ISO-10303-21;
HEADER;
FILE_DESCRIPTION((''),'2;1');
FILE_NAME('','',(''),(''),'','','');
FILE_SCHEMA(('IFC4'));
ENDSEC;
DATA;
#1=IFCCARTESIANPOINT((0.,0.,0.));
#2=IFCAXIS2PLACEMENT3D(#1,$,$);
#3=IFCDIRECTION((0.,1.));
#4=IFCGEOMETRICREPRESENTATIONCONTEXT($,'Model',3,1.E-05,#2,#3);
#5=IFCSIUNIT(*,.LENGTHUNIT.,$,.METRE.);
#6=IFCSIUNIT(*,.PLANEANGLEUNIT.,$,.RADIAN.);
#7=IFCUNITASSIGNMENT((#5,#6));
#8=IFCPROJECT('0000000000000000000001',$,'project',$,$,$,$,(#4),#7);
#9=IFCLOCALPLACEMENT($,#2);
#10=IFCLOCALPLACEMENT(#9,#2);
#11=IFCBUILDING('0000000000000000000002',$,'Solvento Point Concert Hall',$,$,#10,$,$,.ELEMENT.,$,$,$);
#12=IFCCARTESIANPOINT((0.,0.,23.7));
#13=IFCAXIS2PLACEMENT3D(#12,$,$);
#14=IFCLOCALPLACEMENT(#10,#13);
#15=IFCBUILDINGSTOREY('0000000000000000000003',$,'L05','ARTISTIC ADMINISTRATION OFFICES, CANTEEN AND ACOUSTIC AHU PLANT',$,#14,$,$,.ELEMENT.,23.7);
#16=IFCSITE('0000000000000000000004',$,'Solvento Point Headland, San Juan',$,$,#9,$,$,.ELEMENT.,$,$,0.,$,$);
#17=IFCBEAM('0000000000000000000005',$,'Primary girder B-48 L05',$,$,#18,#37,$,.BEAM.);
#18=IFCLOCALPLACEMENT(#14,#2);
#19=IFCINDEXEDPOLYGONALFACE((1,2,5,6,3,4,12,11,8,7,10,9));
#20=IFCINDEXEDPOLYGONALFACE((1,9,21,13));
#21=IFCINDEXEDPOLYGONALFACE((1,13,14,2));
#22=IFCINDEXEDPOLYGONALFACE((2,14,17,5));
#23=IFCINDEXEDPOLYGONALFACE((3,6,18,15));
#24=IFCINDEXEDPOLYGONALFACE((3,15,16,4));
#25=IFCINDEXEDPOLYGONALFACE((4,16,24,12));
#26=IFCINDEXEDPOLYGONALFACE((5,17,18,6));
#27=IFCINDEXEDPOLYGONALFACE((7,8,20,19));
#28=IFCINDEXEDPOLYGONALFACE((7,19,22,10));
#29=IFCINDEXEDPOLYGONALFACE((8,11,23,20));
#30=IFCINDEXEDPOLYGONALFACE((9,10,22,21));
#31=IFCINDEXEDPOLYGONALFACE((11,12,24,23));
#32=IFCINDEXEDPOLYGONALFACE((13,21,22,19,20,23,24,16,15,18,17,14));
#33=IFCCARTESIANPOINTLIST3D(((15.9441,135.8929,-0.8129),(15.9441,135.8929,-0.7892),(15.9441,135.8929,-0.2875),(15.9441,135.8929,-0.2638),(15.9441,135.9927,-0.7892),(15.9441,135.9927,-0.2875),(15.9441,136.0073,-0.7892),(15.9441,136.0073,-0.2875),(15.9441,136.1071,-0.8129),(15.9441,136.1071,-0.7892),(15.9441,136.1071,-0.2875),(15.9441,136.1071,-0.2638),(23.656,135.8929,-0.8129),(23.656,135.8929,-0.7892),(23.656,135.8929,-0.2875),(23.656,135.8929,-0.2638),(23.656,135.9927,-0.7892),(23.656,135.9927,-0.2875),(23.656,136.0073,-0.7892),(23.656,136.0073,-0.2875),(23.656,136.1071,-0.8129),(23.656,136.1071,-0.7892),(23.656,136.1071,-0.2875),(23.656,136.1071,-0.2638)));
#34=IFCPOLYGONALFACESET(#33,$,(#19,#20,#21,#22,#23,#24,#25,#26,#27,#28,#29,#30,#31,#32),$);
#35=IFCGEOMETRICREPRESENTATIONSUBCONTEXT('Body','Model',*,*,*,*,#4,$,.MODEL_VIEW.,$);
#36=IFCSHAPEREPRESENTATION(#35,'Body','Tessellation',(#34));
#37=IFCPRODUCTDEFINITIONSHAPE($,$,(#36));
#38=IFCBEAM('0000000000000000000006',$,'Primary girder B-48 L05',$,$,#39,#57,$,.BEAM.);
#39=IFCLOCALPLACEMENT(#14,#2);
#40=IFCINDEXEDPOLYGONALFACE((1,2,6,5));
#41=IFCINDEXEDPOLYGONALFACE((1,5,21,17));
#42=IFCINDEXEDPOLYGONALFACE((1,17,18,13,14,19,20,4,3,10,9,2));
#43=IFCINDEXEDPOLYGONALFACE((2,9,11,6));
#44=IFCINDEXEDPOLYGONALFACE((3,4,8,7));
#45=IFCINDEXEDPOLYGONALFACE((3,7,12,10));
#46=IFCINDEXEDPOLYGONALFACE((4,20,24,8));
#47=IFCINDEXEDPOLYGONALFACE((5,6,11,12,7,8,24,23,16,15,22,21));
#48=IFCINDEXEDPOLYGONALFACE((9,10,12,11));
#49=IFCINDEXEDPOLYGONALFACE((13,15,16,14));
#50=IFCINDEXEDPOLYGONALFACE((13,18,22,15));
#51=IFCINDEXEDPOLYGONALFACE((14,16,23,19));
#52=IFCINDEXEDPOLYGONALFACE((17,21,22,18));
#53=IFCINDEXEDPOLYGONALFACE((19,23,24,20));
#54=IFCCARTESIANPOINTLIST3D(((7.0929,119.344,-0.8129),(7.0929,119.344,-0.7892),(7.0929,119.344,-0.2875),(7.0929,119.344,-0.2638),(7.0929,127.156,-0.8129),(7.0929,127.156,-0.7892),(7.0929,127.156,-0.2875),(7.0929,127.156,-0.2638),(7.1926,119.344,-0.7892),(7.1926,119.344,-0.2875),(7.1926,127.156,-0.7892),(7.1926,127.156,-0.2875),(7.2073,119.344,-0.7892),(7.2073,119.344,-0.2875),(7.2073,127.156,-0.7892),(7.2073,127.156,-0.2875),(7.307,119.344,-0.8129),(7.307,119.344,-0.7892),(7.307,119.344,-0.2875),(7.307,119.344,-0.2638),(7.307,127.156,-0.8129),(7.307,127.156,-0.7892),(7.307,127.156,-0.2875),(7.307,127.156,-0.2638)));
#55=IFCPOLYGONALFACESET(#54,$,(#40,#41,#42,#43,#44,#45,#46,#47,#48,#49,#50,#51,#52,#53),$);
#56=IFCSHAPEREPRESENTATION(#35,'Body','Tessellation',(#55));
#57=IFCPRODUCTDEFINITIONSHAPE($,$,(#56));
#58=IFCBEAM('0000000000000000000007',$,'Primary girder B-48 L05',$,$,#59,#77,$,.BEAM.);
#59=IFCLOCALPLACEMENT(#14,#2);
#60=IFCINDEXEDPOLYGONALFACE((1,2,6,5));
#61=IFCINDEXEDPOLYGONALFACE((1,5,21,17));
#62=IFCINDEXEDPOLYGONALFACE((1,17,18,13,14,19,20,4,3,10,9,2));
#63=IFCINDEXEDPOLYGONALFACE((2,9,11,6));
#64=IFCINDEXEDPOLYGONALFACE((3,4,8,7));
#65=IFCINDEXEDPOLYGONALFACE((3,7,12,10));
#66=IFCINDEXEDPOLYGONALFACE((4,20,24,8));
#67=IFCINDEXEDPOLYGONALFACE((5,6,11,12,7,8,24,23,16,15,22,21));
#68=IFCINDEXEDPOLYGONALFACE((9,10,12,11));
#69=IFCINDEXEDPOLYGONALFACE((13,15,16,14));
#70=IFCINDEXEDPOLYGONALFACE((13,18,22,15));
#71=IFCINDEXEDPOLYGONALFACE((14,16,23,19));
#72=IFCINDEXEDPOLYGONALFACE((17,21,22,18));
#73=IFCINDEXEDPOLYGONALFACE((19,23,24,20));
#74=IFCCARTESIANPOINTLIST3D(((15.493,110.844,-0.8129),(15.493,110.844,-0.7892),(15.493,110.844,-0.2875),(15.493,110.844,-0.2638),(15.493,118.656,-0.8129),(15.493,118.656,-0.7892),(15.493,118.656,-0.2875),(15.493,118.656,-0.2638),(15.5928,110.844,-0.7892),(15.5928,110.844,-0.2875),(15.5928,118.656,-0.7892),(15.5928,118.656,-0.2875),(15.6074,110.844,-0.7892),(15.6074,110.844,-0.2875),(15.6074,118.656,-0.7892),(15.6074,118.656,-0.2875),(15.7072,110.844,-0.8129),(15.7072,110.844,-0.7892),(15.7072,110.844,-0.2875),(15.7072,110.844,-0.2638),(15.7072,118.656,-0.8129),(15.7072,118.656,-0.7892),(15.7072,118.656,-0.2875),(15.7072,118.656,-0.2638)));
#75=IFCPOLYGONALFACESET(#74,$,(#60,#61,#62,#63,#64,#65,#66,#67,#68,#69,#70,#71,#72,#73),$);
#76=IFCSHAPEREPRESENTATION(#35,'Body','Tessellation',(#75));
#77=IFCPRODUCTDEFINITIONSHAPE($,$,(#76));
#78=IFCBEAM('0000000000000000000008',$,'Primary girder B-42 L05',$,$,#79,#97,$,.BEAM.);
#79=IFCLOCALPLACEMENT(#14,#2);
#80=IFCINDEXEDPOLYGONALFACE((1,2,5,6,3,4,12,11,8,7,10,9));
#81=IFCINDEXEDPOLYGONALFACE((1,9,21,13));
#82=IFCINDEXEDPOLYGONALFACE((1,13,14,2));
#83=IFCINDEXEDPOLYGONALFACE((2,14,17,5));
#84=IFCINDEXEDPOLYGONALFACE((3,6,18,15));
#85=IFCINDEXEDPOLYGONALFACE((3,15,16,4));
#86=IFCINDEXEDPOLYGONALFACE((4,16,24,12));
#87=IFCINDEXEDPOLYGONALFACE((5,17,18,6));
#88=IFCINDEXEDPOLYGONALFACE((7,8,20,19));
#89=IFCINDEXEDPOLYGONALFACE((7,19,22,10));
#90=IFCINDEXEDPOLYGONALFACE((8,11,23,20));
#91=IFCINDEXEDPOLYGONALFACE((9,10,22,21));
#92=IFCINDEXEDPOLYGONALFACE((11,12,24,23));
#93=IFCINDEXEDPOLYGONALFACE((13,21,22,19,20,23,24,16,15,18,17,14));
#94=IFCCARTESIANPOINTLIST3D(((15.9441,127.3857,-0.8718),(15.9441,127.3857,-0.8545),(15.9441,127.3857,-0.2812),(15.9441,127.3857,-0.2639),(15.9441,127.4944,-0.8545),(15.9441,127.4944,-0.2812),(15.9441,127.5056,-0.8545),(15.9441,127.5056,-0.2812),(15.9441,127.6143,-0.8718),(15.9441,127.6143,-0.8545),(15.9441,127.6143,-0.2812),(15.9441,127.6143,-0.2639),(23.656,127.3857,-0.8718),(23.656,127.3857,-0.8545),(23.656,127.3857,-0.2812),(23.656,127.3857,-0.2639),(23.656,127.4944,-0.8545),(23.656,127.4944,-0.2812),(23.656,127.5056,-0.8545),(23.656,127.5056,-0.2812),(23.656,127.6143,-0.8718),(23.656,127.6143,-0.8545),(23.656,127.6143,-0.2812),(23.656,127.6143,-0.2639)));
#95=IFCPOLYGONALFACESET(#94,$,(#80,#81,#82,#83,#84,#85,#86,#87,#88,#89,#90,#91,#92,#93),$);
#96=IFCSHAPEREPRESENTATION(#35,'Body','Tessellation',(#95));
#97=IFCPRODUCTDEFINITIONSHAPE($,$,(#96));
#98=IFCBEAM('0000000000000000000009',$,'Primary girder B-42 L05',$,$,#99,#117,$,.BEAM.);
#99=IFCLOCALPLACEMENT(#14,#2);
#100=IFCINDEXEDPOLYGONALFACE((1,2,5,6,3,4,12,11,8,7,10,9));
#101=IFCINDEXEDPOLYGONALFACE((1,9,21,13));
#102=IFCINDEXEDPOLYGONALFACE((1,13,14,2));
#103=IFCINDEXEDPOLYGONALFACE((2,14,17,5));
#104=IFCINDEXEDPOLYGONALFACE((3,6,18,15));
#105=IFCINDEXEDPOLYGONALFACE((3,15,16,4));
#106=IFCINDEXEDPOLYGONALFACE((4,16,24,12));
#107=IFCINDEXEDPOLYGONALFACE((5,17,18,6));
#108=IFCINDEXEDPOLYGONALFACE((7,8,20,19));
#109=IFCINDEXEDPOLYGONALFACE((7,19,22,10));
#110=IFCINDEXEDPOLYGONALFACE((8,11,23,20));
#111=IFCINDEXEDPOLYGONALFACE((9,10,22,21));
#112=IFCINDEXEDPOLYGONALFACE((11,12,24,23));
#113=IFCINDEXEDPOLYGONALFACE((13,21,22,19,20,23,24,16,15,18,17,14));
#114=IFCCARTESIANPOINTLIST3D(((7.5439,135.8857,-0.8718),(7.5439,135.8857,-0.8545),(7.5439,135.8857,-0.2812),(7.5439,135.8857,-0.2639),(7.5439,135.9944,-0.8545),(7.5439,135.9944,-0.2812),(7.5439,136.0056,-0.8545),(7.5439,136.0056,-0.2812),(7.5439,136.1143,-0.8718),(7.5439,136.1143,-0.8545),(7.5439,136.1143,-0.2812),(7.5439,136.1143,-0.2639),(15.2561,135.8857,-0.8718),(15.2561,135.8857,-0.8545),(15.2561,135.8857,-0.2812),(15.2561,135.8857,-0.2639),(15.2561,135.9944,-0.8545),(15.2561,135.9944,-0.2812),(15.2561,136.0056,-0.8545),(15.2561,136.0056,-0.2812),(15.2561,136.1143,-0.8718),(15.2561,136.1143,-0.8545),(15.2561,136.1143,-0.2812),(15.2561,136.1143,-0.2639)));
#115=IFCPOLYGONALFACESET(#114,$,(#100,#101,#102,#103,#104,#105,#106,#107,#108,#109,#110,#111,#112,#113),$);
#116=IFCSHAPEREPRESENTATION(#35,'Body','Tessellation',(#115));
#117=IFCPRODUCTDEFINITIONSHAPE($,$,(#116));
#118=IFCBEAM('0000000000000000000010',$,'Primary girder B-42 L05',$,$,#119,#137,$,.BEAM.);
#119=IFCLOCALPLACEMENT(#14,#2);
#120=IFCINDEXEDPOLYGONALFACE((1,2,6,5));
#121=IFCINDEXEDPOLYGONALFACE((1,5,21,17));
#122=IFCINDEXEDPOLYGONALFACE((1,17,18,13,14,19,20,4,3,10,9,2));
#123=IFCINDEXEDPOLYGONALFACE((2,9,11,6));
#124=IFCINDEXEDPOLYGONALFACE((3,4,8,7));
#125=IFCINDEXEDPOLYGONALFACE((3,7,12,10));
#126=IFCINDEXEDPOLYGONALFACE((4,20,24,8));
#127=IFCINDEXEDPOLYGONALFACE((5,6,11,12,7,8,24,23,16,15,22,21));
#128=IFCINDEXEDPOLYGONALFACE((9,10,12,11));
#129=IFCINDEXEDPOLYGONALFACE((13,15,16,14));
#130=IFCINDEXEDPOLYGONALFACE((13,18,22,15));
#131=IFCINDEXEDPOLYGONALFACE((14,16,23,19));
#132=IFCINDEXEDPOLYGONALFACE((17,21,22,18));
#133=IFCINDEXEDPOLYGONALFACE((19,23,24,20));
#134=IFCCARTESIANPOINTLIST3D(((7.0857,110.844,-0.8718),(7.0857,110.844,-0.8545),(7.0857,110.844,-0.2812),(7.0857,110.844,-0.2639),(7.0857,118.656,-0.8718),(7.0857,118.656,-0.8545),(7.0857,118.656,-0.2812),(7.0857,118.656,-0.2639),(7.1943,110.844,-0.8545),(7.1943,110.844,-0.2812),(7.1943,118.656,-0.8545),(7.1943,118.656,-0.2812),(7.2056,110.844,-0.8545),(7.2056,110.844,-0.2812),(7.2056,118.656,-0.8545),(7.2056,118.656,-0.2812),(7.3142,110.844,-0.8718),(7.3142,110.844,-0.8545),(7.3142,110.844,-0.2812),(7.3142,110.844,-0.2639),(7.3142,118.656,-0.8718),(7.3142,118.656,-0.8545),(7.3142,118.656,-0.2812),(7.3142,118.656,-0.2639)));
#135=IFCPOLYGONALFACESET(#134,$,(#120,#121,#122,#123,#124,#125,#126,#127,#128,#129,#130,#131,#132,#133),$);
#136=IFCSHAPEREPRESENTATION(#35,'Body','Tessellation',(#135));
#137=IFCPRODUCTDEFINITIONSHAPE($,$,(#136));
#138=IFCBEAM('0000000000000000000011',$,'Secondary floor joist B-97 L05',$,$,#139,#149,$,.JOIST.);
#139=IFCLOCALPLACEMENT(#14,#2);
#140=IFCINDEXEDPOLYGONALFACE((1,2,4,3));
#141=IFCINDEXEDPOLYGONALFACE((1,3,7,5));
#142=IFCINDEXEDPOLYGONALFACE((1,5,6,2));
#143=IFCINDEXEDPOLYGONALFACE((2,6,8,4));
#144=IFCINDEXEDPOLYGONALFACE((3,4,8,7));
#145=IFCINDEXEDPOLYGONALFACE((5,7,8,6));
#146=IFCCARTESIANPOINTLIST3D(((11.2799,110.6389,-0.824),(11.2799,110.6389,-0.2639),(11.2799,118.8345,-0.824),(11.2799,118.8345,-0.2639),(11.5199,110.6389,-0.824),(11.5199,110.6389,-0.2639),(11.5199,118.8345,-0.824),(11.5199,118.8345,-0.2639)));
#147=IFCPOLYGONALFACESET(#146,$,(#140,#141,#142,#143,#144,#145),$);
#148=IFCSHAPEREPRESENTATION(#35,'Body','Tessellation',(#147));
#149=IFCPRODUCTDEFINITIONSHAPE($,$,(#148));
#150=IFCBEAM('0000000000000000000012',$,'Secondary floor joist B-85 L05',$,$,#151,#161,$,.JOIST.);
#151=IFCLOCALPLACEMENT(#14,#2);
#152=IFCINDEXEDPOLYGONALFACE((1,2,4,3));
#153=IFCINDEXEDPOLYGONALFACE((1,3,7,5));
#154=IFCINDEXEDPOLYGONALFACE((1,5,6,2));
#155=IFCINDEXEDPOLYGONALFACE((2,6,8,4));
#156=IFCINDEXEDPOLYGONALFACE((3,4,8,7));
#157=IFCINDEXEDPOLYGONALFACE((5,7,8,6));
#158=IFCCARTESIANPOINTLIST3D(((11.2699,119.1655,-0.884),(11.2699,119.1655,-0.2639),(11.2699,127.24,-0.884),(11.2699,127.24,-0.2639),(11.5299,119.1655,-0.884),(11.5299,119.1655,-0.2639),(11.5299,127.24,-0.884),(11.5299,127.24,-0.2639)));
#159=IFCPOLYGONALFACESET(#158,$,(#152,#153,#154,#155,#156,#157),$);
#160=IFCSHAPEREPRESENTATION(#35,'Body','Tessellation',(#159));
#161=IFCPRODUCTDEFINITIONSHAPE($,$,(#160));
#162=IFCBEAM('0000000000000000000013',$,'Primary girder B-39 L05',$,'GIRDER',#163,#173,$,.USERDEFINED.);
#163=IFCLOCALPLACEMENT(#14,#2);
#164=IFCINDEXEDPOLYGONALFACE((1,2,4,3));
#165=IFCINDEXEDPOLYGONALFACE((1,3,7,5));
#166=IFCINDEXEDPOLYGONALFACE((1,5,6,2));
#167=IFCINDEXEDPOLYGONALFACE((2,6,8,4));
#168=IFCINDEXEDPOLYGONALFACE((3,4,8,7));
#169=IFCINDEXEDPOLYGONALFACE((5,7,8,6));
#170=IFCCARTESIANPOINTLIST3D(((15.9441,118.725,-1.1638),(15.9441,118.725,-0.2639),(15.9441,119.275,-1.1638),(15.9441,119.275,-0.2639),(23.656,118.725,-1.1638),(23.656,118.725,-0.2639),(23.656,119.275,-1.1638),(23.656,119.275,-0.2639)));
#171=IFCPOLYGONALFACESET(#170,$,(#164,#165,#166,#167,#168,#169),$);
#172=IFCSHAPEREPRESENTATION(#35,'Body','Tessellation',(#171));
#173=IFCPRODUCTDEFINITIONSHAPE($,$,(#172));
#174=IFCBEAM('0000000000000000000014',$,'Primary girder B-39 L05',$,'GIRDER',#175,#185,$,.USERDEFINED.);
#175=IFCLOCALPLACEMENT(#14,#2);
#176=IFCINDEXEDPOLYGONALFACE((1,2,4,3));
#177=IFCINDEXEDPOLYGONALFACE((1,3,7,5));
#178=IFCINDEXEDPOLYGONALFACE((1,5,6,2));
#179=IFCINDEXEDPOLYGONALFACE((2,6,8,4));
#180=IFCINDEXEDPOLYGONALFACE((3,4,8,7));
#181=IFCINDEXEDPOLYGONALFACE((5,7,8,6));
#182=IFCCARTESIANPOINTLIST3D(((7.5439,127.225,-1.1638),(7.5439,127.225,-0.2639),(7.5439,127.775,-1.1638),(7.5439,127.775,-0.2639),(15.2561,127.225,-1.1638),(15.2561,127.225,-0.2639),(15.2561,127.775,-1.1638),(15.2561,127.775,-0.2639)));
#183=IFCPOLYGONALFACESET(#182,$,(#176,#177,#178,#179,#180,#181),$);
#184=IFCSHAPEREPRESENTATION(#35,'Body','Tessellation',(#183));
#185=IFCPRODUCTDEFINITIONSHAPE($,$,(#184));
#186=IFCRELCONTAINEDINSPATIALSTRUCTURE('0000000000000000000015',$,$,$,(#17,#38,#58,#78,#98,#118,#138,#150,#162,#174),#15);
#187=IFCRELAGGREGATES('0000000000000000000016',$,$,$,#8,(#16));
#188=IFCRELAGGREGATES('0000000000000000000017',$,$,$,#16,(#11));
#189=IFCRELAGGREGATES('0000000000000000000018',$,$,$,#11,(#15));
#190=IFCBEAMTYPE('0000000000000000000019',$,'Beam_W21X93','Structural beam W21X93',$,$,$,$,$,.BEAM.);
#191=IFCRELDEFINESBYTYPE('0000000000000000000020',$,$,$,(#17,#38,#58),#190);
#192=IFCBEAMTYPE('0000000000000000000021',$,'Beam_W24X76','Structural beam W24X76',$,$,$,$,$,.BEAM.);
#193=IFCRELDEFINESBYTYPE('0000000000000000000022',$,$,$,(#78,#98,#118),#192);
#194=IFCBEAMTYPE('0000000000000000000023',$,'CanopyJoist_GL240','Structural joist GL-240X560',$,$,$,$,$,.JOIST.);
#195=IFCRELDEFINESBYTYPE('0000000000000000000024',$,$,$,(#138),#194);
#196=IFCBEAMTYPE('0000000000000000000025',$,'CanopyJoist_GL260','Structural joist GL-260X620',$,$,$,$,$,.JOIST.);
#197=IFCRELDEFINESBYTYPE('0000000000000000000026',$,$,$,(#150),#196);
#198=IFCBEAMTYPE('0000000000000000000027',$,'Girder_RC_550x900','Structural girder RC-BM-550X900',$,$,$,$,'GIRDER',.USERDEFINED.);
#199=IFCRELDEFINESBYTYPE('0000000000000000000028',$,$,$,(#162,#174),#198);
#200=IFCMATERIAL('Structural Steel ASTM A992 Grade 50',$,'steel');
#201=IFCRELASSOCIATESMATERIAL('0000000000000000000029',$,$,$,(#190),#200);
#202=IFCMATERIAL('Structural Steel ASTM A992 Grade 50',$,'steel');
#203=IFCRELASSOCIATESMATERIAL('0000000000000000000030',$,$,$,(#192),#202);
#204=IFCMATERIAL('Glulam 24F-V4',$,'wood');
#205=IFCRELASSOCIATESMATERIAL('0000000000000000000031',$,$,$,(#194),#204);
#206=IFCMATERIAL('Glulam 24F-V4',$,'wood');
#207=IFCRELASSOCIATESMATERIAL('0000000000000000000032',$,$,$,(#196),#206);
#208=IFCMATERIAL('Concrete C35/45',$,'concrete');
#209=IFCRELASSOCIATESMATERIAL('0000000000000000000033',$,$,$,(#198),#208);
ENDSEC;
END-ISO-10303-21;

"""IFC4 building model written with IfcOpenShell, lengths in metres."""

from ifc_helpers import new_model, si_unit, direction, frame, origin, origin_2d, place, context, subcontext, project, spatial, rectangle, i_section, extrude, material, material_profile, profile_set, type_object, element, save


model = new_model("IFC4")

# Units and contexts
model_context = context("Model", 3, precision=1e-05, world=origin(), true_north=direction((0.0, 1.0)))
body_context = subcontext(model_context, "Body", "Model", "MODEL_VIEW")
ifc_project = project(units=[si_unit("LENGTHUNIT", "METRE"), si_unit("PLANEANGLEUNIT", "RADIAN")], contexts=[model_context])

# Site, building, storey
site_placement = place(None, origin())
site = spatial("IfcSite", under=ifc_project, at=site_placement, Name="Solvento Point Headland, San Juan", CompositionType="ELEMENT", RefElevation=0.0)
building_placement = place(site_placement, origin())
building = spatial("IfcBuilding", under=site, at=building_placement, Name="Solvento Point Concert Hall", CompositionType="ELEMENT")
storey_placement = place(building_placement, frame((0.0, 0.0, 23.7)))
storey = spatial("IfcBuildingStorey", under=building, at=storey_placement, Name="L05", Description="ARTISTIC ADMINISTRATION OFFICES, CANTEEN AND ACOUSTIC AHU PLANT", CompositionType="ELEMENT", Elevation=23.7)

# Beams
ifc_material_1 = material(Name="Structural Steel ASTM A992 Grade 50", Category="steel")
ifc_material_profile_1 = material_profile(ifc_material_1, i_section(OverallWidth=0.2141, OverallDepth=0.5491, WebThickness=0.0146, FlangeThickness=0.0237, at=origin_2d()), Name="W21X93")
ifc_profile_set_1 = profile_set([ifc_material_profile_1], Name="Structural Steel ASTM A992 Grade 50")
beam_type_1 = type_object("IfcBeamType", Name="Beam_W21X93", Description="Structural beam W21X93", PredefinedType="BEAM", material=ifc_profile_set_1)
beam_1_placement = place(storey_placement, frame((15.9441, 136.0, -0.5383), z_axis=(1.0, 0.0, 0.0), x_axis=(0.0, 1.0, 0.0)))
element("IfcBeam", 1, at=beam_1_placement, inside=storey, type_object=beam_type_1, Name="Primary girder B-48 L05", PredefinedType="BEAM", context=body_context, shape_type="SweptSolid", body=[
    extrude(i_section(OverallWidth=0.2141, OverallDepth=0.5491, WebThickness=0.0146, FlangeThickness=0.0237, at=origin_2d()), origin(), (0.0, 0.0, 1.0), 7.7119),
])
for number, where, z_axis, x_axis, name in (
    (2, (7.2, 119.344, -0.5383), (0.0, 1.0, 0.0), (-1.0, 0.0, 0.0), "Primary girder B-48 L05"),
    (3, (15.6001, 110.844, -0.5383), (0.0, 1.0, 0.0), (-1.0, 0.0, 0.0), "Primary girder B-48 L05"),
):
    element("IfcBeam", number, at=place(storey_placement, frame(where, z_axis=z_axis, x_axis=x_axis)), inside=storey, type_object=beam_type_1, Name=name, PredefinedType="BEAM", context=body_context, shape_type="SweptSolid", body=[
        extrude(i_section(OverallWidth=0.2141, OverallDepth=0.5491, WebThickness=0.0146, FlangeThickness=0.0237, at=origin_2d()), origin(), (0.0, 0.0, 1.0), 7.812),
    ])
ifc_material_2 = material(Name="Structural Steel ASTM A992 Grade 50", Category="steel")
ifc_material_profile_2 = material_profile(ifc_material_2, i_section(OverallWidth=0.2285, OverallDepth=0.6079, WebThickness=0.0112, FlangeThickness=0.0173, at=origin_2d()), Name="W24X76")
ifc_profile_set_2 = profile_set([ifc_material_profile_2], Name="Structural Steel ASTM A992 Grade 50")
beam_type_2 = type_object("IfcBeamType", Name="Beam_W24X76", Description="Structural beam W24X76", PredefinedType="BEAM", material=ifc_profile_set_2)
beam_2_placement = place(storey_placement, frame((15.9441, 127.5, -0.5679), z_axis=(1.0, 0.0, 0.0), x_axis=(0.0, 1.0, 0.0)))
element("IfcBeam", 4, at=beam_2_placement, inside=storey, type_object=beam_type_2, Name="Primary girder B-42 L05", PredefinedType="BEAM", context=body_context, shape_type="SweptSolid", body=[
    extrude(i_section(OverallWidth=0.2285, OverallDepth=0.6079, WebThickness=0.0112, FlangeThickness=0.0173, at=origin_2d()), origin(), (0.0, 0.0, 1.0), 7.7119),
])
beam_3_placement = place(storey_placement, frame((7.5439, 136.0, -0.5679), z_axis=(1.0, 0.0, 0.0), x_axis=(0.0, 1.0, 0.0)))
element("IfcBeam", 5, at=beam_3_placement, inside=storey, type_object=beam_type_2, Name="Primary girder B-42 L05", PredefinedType="BEAM", context=body_context, shape_type="SweptSolid", body=[
    extrude(i_section(OverallWidth=0.2285, OverallDepth=0.6079, WebThickness=0.0112, FlangeThickness=0.0173, at=origin_2d()), origin(), (0.0, 0.0, 1.0), 7.7122),
])
beam_4_placement = place(storey_placement, frame((7.2, 110.844, -0.5679), z_axis=(0.0, 1.0, 0.0), x_axis=(-1.0, 0.0, 0.0)))
element("IfcBeam", 6, at=beam_4_placement, inside=storey, type_object=beam_type_2, Name="Primary girder B-42 L05", PredefinedType="BEAM", context=body_context, shape_type="SweptSolid", body=[
    extrude(i_section(OverallWidth=0.2285, OverallDepth=0.6079, WebThickness=0.0112, FlangeThickness=0.0173, at=origin_2d()), origin(), (0.0, 0.0, 1.0), 7.812),
])
ifc_material_3 = material(Name="Glulam 24F-V4", Category="wood")
ifc_material_profile_3 = material_profile(ifc_material_3, rectangle(XDim=0.24, YDim=0.5601, at=origin_2d()), Name="GL-240X560")
ifc_profile_set_3 = profile_set([ifc_material_profile_3], Name="Glulam 24F-V4")
beam_type_3 = type_object("IfcBeamType", Name="CanopyJoist_GL240", Description="Structural joist GL-240X560", PredefinedType="JOIST", material=ifc_profile_set_3)
beam_5_placement = place(storey_placement, frame((11.3999, 110.6389, -0.5439), z_axis=(0.0, 1.0, 0.0), x_axis=(-1.0, 0.0, 0.0)))
element("IfcBeam", 7, at=beam_5_placement, inside=storey, type_object=beam_type_3, Name="Secondary floor joist B-97 L05", PredefinedType="JOIST", context=body_context, shape_type="SweptSolid", body=[
    extrude(rectangle(XDim=0.24, YDim=0.5601, at=origin_2d()), origin(), (0.0, 0.0, 1.0), 8.1956),
])
ifc_material_4 = material(Name="Glulam 24F-V4", Category="wood")
ifc_material_profile_4 = material_profile(ifc_material_4, rectangle(XDim=0.26, YDim=0.6201, at=origin_2d()), Name="GL-260X620")
ifc_profile_set_4 = profile_set([ifc_material_profile_4], Name="Glulam 24F-V4")
beam_type_4 = type_object("IfcBeamType", Name="CanopyJoist_GL260", Description="Structural joist GL-260X620", PredefinedType="JOIST", material=ifc_profile_set_4)
beam_6_placement = place(storey_placement, frame((11.3999, 119.1655, -0.574), z_axis=(0.0, 1.0, 0.0), x_axis=(-1.0, 0.0, 0.0)))
element("IfcBeam", 8, at=beam_6_placement, inside=storey, type_object=beam_type_4, Name="Secondary floor joist B-85 L05", PredefinedType="JOIST", context=body_context, shape_type="SweptSolid", body=[
    extrude(rectangle(XDim=0.26, YDim=0.6201, at=origin_2d()), origin(), (0.0, 0.0, 1.0), 8.0745),
])
ifc_material_5 = material(Name="Concrete C35/45", Category="concrete")
ifc_material_profile_5 = material_profile(ifc_material_5, rectangle(XDim=0.55, YDim=0.8999, at=origin_2d()), Name="RC-BM-550X900")
ifc_profile_set_5 = profile_set([ifc_material_profile_5], Name="Concrete C35/45")
beam_type_5 = type_object("IfcBeamType", Name="Girder_RC_550x900", Description="Structural girder RC-BM-550X900", ElementType="GIRDER", PredefinedType="USERDEFINED", material=ifc_profile_set_5)
beam_7_placement = place(storey_placement, frame((15.9441, 119.0, -0.7139), z_axis=(1.0, 0.0, 0.0), x_axis=(0.0, 1.0, 0.0)))
element("IfcBeam", 9, at=beam_7_placement, inside=storey, type_object=beam_type_5, Name="Primary girder B-39 L05", ObjectType="GIRDER", PredefinedType="USERDEFINED", context=body_context, shape_type="SweptSolid", body=[
    extrude(rectangle(XDim=0.55, YDim=0.8999, at=origin_2d()), origin(), (0.0, 0.0, 1.0), 7.7119),
])
beam_8_placement = place(storey_placement, frame((7.5439, 127.5, -0.7139), z_axis=(1.0, 0.0, 0.0), x_axis=(0.0, 1.0, 0.0)))
element("IfcBeam", 10, at=beam_8_placement, inside=storey, type_object=beam_type_5, Name="Primary girder B-39 L05", ObjectType="GIRDER", PredefinedType="USERDEFINED", context=body_context, shape_type="SweptSolid", body=[
    extrude(rectangle(XDim=0.55, YDim=0.8999, at=origin_2d()), origin(), (0.0, 0.0, 1.0), 7.7122),
])

save(model, "model.ifc")
